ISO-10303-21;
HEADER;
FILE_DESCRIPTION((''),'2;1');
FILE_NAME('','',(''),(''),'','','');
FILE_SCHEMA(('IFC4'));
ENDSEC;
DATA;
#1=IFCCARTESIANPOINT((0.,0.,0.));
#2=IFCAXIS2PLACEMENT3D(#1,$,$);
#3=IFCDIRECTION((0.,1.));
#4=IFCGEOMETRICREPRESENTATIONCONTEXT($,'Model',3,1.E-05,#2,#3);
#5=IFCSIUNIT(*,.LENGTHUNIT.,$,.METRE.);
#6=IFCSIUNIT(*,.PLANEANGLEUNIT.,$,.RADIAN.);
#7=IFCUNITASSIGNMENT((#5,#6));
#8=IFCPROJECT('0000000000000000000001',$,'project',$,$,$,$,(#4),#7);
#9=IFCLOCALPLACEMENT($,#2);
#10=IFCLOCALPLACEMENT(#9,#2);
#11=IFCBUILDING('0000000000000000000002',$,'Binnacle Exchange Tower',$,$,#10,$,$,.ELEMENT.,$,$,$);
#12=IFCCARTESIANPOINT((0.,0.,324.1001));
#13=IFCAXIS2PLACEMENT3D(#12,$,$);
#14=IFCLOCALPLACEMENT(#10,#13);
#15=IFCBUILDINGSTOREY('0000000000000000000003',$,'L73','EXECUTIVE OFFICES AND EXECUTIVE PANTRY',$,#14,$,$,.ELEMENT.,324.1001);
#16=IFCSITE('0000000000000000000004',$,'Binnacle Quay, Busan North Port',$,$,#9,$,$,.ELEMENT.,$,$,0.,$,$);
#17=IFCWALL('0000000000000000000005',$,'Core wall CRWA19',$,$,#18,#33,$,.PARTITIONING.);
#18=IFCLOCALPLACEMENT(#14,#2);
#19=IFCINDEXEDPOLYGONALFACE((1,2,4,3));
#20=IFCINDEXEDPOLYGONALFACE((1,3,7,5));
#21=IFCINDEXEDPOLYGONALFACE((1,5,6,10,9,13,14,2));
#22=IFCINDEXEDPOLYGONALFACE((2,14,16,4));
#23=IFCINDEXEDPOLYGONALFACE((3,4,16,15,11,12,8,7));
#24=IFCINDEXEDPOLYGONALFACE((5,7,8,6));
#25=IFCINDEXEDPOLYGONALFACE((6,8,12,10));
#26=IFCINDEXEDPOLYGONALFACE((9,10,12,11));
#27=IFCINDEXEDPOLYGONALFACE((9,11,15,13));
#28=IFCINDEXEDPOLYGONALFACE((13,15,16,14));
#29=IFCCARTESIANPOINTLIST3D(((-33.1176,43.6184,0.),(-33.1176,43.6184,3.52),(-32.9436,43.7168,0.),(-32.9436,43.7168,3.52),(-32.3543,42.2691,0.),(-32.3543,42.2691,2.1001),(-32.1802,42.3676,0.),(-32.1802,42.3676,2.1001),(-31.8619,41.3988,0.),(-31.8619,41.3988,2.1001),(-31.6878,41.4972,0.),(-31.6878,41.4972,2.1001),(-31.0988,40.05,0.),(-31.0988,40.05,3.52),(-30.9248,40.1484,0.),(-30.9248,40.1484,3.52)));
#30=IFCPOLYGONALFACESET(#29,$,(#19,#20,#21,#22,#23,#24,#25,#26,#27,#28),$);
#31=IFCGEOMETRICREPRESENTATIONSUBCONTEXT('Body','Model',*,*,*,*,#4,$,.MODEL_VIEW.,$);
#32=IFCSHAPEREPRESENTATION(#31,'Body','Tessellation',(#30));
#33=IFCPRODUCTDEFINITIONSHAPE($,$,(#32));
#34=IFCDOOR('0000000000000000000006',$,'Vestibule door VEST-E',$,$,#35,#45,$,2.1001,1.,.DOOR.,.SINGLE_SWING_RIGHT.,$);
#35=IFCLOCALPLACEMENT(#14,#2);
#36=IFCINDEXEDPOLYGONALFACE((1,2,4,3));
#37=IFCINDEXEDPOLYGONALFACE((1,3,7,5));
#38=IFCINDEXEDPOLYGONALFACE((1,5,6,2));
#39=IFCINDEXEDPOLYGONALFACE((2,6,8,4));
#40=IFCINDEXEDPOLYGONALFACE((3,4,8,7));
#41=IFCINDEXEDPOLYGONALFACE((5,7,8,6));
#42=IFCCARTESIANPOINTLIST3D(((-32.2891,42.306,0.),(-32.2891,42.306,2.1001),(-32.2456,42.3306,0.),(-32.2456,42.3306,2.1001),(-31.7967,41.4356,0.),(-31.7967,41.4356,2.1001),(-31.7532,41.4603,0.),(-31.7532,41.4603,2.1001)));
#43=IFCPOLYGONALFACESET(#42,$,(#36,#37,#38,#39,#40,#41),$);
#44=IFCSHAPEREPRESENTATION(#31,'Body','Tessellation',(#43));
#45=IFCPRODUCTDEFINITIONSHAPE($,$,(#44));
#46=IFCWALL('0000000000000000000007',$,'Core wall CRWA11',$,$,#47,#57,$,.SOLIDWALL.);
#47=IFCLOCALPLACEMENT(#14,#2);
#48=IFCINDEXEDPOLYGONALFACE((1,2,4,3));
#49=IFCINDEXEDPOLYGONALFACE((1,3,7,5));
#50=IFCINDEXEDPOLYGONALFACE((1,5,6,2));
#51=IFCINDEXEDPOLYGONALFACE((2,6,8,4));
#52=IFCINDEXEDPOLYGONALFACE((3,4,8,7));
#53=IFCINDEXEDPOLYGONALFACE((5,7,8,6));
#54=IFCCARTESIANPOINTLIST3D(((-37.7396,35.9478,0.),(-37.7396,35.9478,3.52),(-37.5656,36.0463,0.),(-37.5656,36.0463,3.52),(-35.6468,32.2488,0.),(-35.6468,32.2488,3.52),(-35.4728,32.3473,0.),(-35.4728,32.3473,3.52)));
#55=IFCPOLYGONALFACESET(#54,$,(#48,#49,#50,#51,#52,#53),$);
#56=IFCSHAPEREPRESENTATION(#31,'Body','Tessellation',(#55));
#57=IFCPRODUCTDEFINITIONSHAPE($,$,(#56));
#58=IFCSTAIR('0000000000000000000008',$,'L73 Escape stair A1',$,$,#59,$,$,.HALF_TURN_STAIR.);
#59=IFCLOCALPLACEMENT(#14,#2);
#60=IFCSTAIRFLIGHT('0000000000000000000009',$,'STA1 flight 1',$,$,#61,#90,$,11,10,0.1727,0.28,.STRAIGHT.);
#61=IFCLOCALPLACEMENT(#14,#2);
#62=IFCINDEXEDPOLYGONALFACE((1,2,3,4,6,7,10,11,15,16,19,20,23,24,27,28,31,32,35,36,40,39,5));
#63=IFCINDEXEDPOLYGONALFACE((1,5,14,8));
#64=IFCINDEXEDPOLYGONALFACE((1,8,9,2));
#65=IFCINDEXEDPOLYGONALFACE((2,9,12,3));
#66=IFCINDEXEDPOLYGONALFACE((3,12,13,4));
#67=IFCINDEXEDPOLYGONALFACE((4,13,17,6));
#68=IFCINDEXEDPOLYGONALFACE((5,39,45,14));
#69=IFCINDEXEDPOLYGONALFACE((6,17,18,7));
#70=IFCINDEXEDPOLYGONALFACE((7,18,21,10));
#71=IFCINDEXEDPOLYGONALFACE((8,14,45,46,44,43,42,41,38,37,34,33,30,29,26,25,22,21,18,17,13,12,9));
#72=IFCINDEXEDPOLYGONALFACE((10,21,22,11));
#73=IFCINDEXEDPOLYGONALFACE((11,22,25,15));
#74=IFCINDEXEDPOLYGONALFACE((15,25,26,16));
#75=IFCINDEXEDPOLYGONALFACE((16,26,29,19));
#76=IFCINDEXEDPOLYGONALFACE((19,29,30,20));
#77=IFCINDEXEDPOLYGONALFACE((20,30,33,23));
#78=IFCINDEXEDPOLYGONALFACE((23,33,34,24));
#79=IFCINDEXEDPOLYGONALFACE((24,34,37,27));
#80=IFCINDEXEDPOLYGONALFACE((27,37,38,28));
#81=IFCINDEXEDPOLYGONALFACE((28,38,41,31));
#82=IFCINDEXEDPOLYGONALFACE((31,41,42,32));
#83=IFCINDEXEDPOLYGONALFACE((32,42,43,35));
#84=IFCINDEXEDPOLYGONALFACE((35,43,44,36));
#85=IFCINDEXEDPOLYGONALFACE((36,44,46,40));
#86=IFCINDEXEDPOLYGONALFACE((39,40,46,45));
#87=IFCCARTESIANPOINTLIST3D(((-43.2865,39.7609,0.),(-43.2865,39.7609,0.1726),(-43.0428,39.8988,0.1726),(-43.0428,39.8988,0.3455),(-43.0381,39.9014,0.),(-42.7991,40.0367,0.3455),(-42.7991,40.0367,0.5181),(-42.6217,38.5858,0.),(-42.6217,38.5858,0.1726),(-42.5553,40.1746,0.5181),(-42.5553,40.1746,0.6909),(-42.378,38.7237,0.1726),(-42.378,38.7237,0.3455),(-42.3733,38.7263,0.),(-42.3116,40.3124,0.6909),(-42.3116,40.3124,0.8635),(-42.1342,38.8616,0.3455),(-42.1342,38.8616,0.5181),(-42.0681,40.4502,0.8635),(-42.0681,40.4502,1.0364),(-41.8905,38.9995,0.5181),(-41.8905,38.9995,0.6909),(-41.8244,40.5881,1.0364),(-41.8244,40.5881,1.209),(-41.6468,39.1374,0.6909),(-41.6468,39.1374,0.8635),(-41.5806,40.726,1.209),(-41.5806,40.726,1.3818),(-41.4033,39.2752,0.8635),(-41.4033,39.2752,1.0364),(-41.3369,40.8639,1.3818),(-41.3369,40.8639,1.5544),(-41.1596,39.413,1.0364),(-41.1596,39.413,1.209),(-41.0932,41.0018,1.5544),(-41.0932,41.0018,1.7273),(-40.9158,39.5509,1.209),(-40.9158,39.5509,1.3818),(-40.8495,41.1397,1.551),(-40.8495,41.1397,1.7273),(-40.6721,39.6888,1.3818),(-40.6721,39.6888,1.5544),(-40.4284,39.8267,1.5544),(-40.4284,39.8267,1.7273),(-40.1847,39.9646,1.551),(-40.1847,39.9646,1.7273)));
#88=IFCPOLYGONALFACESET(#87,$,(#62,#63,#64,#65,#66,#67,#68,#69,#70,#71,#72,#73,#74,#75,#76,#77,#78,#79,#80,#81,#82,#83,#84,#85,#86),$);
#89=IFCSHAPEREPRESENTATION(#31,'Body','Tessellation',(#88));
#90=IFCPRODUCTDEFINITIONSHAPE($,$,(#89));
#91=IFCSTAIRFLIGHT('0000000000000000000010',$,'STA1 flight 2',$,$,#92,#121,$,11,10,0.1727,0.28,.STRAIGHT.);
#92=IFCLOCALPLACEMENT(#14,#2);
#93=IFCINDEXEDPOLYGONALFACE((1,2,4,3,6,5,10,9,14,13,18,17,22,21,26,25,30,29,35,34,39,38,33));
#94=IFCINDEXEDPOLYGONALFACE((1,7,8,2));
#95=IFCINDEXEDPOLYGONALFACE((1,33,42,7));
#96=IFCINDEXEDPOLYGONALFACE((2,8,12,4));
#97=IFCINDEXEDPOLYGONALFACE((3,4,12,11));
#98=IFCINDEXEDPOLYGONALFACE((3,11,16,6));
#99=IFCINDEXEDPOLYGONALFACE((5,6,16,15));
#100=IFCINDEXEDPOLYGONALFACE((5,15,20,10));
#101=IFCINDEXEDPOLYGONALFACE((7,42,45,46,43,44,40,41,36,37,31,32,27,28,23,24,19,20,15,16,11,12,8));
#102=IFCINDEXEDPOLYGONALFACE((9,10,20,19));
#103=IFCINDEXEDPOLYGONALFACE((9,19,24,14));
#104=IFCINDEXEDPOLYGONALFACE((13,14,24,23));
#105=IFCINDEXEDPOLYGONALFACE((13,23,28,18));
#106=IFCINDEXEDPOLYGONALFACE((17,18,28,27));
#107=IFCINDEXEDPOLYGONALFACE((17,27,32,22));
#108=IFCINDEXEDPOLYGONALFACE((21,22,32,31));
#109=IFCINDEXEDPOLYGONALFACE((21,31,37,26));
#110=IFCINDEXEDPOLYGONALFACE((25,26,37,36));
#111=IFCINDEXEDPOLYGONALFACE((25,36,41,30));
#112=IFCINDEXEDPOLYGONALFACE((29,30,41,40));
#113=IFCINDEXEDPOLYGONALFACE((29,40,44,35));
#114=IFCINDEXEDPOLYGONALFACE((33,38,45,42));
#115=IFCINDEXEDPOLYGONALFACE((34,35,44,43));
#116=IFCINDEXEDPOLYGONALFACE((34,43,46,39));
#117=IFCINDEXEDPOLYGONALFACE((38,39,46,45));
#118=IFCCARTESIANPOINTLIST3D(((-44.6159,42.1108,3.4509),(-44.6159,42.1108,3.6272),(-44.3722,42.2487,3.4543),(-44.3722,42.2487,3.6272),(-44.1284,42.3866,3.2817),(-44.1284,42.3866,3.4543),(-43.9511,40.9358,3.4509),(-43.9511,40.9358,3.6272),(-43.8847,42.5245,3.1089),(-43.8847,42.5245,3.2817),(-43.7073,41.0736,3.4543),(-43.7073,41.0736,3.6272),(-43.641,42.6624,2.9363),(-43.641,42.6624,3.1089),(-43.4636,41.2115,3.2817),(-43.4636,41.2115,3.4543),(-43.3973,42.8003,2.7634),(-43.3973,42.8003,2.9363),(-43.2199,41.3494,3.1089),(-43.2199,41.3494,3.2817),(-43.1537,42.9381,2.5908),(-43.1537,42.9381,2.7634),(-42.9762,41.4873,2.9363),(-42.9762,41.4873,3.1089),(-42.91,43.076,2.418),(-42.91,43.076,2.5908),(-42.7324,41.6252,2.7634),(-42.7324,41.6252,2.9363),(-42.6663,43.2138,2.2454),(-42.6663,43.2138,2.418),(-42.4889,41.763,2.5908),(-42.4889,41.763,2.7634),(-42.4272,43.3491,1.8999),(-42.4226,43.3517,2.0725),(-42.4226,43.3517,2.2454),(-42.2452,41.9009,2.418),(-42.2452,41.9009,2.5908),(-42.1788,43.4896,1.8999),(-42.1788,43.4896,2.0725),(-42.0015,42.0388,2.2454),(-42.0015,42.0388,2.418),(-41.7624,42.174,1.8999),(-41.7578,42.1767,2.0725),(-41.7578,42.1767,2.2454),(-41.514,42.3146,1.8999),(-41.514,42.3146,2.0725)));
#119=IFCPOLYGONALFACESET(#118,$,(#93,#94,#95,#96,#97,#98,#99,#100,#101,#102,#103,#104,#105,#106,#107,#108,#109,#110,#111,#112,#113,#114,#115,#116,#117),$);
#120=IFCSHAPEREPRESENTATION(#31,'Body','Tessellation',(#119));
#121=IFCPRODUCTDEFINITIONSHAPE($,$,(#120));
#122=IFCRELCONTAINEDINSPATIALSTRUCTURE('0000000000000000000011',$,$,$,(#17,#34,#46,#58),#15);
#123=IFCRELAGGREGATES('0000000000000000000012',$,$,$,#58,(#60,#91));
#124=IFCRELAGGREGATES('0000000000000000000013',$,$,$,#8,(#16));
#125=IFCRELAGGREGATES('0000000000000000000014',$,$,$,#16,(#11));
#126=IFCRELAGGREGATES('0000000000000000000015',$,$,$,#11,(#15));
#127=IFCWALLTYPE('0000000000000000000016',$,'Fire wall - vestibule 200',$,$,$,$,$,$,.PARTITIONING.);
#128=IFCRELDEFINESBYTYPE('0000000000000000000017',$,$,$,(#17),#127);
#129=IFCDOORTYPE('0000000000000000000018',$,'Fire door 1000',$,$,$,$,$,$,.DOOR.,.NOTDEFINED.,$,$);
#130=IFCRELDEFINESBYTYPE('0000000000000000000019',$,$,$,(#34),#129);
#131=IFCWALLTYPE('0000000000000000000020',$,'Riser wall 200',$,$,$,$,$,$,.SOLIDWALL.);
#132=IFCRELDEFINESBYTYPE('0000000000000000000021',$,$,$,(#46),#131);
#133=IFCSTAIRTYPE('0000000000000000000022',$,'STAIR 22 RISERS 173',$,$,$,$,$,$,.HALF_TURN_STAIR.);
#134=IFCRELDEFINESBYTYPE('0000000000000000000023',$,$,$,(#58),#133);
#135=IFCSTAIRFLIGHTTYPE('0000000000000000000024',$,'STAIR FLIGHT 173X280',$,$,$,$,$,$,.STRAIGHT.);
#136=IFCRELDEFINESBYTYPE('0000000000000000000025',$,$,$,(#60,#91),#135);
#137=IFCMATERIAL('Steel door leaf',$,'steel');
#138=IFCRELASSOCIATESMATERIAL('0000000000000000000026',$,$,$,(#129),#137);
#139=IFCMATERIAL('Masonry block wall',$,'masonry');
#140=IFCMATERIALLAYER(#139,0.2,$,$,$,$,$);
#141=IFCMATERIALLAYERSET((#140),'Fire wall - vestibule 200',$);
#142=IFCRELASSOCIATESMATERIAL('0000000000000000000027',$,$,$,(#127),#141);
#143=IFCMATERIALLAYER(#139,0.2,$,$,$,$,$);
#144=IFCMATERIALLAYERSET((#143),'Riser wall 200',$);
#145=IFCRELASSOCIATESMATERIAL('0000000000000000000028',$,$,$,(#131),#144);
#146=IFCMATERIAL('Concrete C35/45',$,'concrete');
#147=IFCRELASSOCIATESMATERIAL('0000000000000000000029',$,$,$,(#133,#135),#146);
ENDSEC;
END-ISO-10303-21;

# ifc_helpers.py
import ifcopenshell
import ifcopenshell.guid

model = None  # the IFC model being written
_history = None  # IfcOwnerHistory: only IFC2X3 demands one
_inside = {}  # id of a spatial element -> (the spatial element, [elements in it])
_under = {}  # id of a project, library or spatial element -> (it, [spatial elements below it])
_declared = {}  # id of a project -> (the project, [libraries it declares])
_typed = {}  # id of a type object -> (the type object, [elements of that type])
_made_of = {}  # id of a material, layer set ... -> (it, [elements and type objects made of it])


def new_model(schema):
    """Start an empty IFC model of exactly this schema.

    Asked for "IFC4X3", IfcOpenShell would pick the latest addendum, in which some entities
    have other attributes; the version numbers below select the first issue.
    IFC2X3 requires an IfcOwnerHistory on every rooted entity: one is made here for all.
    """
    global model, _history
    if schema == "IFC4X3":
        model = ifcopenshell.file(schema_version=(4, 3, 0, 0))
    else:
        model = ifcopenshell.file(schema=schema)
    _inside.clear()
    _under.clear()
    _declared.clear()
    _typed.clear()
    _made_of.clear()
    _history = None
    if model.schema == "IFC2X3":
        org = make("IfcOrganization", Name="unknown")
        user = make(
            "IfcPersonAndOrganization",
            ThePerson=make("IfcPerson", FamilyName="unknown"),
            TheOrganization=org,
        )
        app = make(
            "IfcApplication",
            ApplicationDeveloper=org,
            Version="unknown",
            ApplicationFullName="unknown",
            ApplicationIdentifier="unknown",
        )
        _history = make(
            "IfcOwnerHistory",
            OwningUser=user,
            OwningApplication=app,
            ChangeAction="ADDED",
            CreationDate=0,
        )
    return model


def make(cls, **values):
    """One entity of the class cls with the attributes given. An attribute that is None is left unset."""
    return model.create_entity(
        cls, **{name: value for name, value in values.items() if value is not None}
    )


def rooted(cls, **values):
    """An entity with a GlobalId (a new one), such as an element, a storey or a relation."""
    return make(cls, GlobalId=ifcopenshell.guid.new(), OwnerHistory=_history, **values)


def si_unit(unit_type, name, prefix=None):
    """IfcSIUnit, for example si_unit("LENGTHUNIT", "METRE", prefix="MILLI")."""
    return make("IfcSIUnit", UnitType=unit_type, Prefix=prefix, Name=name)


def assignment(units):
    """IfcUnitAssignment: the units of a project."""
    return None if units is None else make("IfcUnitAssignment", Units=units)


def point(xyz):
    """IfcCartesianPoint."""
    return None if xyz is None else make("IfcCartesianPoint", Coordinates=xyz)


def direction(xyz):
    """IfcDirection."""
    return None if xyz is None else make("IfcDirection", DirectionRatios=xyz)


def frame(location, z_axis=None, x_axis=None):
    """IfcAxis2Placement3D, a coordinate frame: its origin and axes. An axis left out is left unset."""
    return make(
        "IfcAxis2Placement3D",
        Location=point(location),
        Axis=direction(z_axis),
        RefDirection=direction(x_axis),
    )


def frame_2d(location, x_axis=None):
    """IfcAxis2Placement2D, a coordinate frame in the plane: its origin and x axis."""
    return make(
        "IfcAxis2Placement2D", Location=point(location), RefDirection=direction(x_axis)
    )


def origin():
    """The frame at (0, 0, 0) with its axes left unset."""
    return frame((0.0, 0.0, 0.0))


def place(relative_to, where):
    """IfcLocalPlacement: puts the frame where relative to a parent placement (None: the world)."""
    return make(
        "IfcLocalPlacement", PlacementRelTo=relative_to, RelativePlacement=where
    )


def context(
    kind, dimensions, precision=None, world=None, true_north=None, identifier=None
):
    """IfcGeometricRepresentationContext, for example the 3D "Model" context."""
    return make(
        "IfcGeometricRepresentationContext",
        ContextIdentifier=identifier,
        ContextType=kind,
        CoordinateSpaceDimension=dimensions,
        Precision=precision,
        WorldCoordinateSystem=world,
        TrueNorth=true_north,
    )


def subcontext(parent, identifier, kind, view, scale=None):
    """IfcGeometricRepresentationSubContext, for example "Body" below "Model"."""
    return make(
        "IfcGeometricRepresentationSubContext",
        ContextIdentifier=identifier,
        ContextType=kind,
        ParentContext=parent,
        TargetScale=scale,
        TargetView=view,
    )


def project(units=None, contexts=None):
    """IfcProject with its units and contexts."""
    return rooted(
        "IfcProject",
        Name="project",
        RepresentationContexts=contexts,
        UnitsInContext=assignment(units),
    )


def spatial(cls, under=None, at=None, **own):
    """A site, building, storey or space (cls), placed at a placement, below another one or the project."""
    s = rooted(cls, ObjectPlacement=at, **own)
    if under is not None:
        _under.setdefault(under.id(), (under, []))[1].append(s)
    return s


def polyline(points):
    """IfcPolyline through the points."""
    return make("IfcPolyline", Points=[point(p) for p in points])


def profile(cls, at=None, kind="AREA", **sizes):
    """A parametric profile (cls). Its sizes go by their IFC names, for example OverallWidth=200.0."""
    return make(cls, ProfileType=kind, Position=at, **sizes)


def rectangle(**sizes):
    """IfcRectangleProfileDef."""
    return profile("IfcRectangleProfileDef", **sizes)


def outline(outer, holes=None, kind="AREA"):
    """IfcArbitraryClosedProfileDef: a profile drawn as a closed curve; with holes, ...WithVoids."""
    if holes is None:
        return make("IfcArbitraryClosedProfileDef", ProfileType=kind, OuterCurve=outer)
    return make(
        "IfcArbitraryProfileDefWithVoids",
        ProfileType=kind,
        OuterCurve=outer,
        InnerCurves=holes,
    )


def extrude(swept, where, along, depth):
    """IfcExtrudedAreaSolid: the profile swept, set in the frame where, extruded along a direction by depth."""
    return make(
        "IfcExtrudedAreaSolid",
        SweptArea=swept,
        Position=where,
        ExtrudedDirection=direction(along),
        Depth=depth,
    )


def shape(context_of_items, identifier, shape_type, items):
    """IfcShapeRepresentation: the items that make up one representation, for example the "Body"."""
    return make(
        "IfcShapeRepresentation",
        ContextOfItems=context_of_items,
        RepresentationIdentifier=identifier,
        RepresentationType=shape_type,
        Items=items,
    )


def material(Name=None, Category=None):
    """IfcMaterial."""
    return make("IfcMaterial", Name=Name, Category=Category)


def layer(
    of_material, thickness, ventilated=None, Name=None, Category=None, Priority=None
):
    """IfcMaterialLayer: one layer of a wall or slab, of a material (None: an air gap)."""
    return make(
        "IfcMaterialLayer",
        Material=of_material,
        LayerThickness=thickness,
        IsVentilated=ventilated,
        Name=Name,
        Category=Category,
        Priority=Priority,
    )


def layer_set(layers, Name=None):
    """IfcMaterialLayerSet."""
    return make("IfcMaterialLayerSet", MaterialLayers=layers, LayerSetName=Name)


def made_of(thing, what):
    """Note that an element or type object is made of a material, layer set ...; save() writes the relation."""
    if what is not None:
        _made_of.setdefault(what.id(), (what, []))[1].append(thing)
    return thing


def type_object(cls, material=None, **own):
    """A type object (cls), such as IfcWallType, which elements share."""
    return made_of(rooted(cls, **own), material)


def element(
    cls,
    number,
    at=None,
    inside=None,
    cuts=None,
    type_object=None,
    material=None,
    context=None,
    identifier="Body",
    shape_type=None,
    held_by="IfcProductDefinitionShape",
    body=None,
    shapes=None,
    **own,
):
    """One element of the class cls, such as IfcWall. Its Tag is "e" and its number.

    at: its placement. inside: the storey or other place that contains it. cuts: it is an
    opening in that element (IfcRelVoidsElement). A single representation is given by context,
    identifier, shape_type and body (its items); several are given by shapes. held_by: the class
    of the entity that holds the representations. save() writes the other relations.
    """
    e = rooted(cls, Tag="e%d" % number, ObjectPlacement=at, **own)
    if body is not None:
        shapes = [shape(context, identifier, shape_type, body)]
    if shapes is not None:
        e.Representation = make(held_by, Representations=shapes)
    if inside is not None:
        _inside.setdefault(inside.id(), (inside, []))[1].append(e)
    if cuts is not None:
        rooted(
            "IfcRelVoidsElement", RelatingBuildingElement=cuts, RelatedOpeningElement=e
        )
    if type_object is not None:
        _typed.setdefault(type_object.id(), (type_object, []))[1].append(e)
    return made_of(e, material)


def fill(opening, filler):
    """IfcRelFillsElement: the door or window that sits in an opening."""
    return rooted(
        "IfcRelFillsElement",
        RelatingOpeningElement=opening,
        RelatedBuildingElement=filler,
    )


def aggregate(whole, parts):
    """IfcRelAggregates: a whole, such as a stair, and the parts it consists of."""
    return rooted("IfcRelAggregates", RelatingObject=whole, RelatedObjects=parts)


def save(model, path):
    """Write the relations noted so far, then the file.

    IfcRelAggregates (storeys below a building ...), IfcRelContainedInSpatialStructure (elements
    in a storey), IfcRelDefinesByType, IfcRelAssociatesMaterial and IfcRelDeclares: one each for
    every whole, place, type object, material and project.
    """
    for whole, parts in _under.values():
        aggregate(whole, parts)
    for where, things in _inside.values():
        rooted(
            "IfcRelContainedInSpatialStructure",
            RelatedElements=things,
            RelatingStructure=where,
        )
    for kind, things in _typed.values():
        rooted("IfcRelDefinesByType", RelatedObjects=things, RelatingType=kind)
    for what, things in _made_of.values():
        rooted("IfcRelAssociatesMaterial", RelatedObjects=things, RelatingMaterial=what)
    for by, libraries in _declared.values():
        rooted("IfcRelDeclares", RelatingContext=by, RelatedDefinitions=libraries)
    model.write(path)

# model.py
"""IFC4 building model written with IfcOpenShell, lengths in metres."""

from ifc_helpers import new_model, si_unit, direction, frame, frame_2d, origin, place, context, subcontext, project, spatial, polyline, rectangle, outline, extrude, material, layer, layer_set, type_object, element, fill, aggregate, save


model = new_model("IFC4")

# Units and contexts
model_context = context("Model", 3, precision=1e-05, world=origin(), true_north=direction((0.0, 1.0)))
body_context = subcontext(model_context, "Body", "Model", "MODEL_VIEW")
ifc_project = project(units=[si_unit("LENGTHUNIT", "METRE"), si_unit("PLANEANGLEUNIT", "RADIAN")], contexts=[model_context])

# Site, building, storey
site_placement = place(None, origin())
site = spatial("IfcSite", under=ifc_project, at=site_placement, Name="Binnacle Quay, Busan North Port", CompositionType="ELEMENT", RefElevation=0.0)
building_placement = place(site_placement, origin())
building = spatial("IfcBuilding", under=site, at=building_placement, Name="Binnacle Exchange Tower", CompositionType="ELEMENT")
storey_placement = place(building_placement, frame((0.0, 0.0, 324.1001)))
storey = spatial("IfcBuildingStorey", under=building, at=storey_placement, Name="L73", Description="EXECUTIVE OFFICES AND EXECUTIVE PANTRY", CompositionType="ELEMENT", Elevation=324.1001)

# Shared definitions
ifc_material_1 = material(Name="Steel door leaf", Category="steel")

# Shared definitions
door_type_1 = type_object("IfcDoorType", Name="Fire door 1000", OperationType="NOTDEFINED", PredefinedType="DOOR", material=ifc_material_1)

# Wall, opening, door
ifc_material_2 = material(Name="Masonry block wall", Category="masonry")
ifc_layer_1 = layer(ifc_material_2, 0.2)
ifc_layer_set_1 = layer_set([ifc_layer_1], Name="Fire wall - vestibule 200")
wall_type_1 = type_object("IfcWallType", Name="Fire wall - vestibule 200", PredefinedType="PARTITIONING", material=ifc_layer_set_1)
wall_1_placement = place(storey_placement, frame((-33.0305, 43.6675, 0.0), z_axis=(0.0, 0.0, 1.0), x_axis=(0.492408, -0.870364, 0.0)))
wall_1 = element("IfcWall", 1, at=wall_1_placement, inside=storey, type_object=wall_type_1, Name="Core wall CRWA19", PredefinedType="PARTITIONING", context=body_context, shape_type="SweptSolid", body=[
    extrude(rectangle(XDim=4.0999, YDim=0.2, at=frame_2d((2.0498, 0.0))), origin(), (0.0, 0.0, 1.0), 3.52),
])
opening_1_placement = place(wall_1_placement, frame((1.55, 0.0, 0.0)))
opening_1 = element("IfcOpeningElement", 2, at=opening_1_placement, cuts=wall_1, PredefinedType="OPENING", context=body_context, shape_type="SweptSolid", body=[
    extrude(rectangle(XDim=1.0, YDim=2.1001, at=frame_2d((0.5, 1.05))), frame((0.0, 0.1099, 0.0), z_axis=(0.0, -1.0, 0.0), x_axis=(1.0, 0.0, 0.0)), (0.0, 0.0, 1.0), 0.22),
])
door_1_placement = place(opening_1_placement, origin())
door_1 = element("IfcDoor", 3, at=door_1_placement, inside=storey, type_object=door_type_1, Name="Vestibule door VEST-E", OperationType="SINGLE_SWING_RIGHT", OverallHeight=2.1001, OverallWidth=1.0, PredefinedType="DOOR", context=body_context, shape_type="SweptSolid", body=[
    extrude(rectangle(XDim=1.0, YDim=2.1001, at=frame_2d((0.5, 1.05))), frame((0.0, 0.0249, 0.0), z_axis=(0.0, -1.0, 0.0), x_axis=(1.0, 0.0, 0.0)), (0.0, 0.0, 1.0), 0.05),
])
fill(opening_1, door_1)

# Wall
ifc_layer_2 = layer(ifc_material_2, 0.2)
ifc_layer_set_2 = layer_set([ifc_layer_2], Name="Riser wall 200")
wall_type_2 = type_object("IfcWallType", Name="Riser wall 200", PredefinedType="SOLIDWALL", material=ifc_layer_set_2)
wall_2_placement = place(storey_placement, frame((-37.6526, 35.9971, 0.0), z_axis=(0.0, 0.0, 1.0), x_axis=(0.492423, -0.870356, 0.0)))
element("IfcWall", 4, at=wall_2_placement, inside=storey, type_object=wall_type_2, Name="Core wall CRWA11", PredefinedType="SOLIDWALL", context=body_context, shape_type="SweptSolid", body=[
    extrude(rectangle(XDim=4.25, YDim=0.2, at=frame_2d((2.125, 0.0))), origin(), (0.0, 0.0, 1.0), 3.52),
])

# Stair, stair flights
ifc_material_3 = material(Name="Concrete C35/45", Category="concrete")
stair_type = type_object("IfcStairType", Name="STAIR 22 RISERS 173", PredefinedType="HALF_TURN_STAIR", material=ifc_material_3)
stair_placement = place(storey_placement, origin())
stair = element("IfcStair", 5, at=stair_placement, inside=storey, type_object=stair_type, Name="L73 Escape stair A1", PredefinedType="HALF_TURN_STAIR")
stair_flight_type = type_object("IfcStairFlightType", Name="STAIR FLIGHT 173X280", PredefinedType="STRAIGHT", material=ifc_material_3)
stair_flight_1_placement = place(storey_placement, frame((-42.9541, 39.1733, 0.0), z_axis=(0.0, 0.0, 1.0), x_axis=(0.870356, 0.492424, 0.0)))
stair_flight_1 = element("IfcStairFlight", 6, at=stair_flight_1_placement, type_object=stair_flight_type, Name="STA1 flight 1", NumberOfRisers=11, NumberOfTreads=10, PredefinedType="STRAIGHT", RiserHeight=0.1727, TreadLength=0.28, context=body_context, shape_type="SweptSolid", body=[
    extrude(outline(polyline([(0.0, 0.0), (0.0, 0.1726), (0.28, 0.1726), (0.28, 0.3455), (0.5601, 0.3455), (0.5601, 0.5181), (0.8401, 0.5181), (0.8401, 0.6909), (1.1201, 0.6909), (1.1201, 0.8635), (1.3999, 0.8635), (1.3999, 1.0364), (1.6799, 1.0364), (1.6799, 1.209), (1.96, 1.209), (1.96, 1.3818), (2.24, 1.3818), (2.24, 1.5544), (2.52, 1.5544), (2.52, 1.7273), (2.8, 1.7273), (2.8, 1.8999), (2.8, 1.551), (0.2854, 0.0), (0.0, 0.0)])), frame((0.0, 0.675, 0.0), z_axis=(0.0, -1.0, 0.0), x_axis=(1.0, 0.0, 0.0)), (0.0, 0.0, 1.0), 1.3501),
])
stair_flight_2_placement = place(storey_placement, frame((-41.8464, 42.9021, 1.8999), z_axis=(0.0, 0.0, 1.0), x_axis=(-0.870356, -0.492424, 0.0)))
stair_flight_2 = element("IfcStairFlight", 7, at=stair_flight_2_placement, type_object=stair_flight_type, Name="STA1 flight 2", NumberOfRisers=11, NumberOfTreads=10, PredefinedType="STRAIGHT", RiserHeight=0.1727, TreadLength=0.28, context=body_context, shape_type="SweptSolid", body=[
    extrude(outline(polyline([(0.0, 0.0), (0.0, 0.1726), (0.28, 0.1726), (0.28, 0.3455), (0.5601, 0.3455), (0.5601, 0.5181), (0.8401, 0.5181), (0.8401, 0.6909), (1.1201, 0.6909), (1.1201, 0.8635), (1.3999, 0.8635), (1.3999, 1.0364), (1.6799, 1.0364), (1.6799, 1.209), (1.96, 1.209), (1.96, 1.3818), (2.24, 1.3818), (2.24, 1.5544), (2.52, 1.5544), (2.52, 1.7273), (2.8, 1.7273), (2.8, 1.8999), (2.8, 1.551), (0.2854, 0.0), (0.0, 0.0)])), frame((0.0, 0.675, 0.0), z_axis=(0.0, -1.0, 0.0), x_axis=(1.0, 0.0, 0.0)), (0.0, 0.0, 1.0), 1.3501),
])
aggregate(stair, [stair_flight_1, stair_flight_2])

save(model, "model.ifc")
